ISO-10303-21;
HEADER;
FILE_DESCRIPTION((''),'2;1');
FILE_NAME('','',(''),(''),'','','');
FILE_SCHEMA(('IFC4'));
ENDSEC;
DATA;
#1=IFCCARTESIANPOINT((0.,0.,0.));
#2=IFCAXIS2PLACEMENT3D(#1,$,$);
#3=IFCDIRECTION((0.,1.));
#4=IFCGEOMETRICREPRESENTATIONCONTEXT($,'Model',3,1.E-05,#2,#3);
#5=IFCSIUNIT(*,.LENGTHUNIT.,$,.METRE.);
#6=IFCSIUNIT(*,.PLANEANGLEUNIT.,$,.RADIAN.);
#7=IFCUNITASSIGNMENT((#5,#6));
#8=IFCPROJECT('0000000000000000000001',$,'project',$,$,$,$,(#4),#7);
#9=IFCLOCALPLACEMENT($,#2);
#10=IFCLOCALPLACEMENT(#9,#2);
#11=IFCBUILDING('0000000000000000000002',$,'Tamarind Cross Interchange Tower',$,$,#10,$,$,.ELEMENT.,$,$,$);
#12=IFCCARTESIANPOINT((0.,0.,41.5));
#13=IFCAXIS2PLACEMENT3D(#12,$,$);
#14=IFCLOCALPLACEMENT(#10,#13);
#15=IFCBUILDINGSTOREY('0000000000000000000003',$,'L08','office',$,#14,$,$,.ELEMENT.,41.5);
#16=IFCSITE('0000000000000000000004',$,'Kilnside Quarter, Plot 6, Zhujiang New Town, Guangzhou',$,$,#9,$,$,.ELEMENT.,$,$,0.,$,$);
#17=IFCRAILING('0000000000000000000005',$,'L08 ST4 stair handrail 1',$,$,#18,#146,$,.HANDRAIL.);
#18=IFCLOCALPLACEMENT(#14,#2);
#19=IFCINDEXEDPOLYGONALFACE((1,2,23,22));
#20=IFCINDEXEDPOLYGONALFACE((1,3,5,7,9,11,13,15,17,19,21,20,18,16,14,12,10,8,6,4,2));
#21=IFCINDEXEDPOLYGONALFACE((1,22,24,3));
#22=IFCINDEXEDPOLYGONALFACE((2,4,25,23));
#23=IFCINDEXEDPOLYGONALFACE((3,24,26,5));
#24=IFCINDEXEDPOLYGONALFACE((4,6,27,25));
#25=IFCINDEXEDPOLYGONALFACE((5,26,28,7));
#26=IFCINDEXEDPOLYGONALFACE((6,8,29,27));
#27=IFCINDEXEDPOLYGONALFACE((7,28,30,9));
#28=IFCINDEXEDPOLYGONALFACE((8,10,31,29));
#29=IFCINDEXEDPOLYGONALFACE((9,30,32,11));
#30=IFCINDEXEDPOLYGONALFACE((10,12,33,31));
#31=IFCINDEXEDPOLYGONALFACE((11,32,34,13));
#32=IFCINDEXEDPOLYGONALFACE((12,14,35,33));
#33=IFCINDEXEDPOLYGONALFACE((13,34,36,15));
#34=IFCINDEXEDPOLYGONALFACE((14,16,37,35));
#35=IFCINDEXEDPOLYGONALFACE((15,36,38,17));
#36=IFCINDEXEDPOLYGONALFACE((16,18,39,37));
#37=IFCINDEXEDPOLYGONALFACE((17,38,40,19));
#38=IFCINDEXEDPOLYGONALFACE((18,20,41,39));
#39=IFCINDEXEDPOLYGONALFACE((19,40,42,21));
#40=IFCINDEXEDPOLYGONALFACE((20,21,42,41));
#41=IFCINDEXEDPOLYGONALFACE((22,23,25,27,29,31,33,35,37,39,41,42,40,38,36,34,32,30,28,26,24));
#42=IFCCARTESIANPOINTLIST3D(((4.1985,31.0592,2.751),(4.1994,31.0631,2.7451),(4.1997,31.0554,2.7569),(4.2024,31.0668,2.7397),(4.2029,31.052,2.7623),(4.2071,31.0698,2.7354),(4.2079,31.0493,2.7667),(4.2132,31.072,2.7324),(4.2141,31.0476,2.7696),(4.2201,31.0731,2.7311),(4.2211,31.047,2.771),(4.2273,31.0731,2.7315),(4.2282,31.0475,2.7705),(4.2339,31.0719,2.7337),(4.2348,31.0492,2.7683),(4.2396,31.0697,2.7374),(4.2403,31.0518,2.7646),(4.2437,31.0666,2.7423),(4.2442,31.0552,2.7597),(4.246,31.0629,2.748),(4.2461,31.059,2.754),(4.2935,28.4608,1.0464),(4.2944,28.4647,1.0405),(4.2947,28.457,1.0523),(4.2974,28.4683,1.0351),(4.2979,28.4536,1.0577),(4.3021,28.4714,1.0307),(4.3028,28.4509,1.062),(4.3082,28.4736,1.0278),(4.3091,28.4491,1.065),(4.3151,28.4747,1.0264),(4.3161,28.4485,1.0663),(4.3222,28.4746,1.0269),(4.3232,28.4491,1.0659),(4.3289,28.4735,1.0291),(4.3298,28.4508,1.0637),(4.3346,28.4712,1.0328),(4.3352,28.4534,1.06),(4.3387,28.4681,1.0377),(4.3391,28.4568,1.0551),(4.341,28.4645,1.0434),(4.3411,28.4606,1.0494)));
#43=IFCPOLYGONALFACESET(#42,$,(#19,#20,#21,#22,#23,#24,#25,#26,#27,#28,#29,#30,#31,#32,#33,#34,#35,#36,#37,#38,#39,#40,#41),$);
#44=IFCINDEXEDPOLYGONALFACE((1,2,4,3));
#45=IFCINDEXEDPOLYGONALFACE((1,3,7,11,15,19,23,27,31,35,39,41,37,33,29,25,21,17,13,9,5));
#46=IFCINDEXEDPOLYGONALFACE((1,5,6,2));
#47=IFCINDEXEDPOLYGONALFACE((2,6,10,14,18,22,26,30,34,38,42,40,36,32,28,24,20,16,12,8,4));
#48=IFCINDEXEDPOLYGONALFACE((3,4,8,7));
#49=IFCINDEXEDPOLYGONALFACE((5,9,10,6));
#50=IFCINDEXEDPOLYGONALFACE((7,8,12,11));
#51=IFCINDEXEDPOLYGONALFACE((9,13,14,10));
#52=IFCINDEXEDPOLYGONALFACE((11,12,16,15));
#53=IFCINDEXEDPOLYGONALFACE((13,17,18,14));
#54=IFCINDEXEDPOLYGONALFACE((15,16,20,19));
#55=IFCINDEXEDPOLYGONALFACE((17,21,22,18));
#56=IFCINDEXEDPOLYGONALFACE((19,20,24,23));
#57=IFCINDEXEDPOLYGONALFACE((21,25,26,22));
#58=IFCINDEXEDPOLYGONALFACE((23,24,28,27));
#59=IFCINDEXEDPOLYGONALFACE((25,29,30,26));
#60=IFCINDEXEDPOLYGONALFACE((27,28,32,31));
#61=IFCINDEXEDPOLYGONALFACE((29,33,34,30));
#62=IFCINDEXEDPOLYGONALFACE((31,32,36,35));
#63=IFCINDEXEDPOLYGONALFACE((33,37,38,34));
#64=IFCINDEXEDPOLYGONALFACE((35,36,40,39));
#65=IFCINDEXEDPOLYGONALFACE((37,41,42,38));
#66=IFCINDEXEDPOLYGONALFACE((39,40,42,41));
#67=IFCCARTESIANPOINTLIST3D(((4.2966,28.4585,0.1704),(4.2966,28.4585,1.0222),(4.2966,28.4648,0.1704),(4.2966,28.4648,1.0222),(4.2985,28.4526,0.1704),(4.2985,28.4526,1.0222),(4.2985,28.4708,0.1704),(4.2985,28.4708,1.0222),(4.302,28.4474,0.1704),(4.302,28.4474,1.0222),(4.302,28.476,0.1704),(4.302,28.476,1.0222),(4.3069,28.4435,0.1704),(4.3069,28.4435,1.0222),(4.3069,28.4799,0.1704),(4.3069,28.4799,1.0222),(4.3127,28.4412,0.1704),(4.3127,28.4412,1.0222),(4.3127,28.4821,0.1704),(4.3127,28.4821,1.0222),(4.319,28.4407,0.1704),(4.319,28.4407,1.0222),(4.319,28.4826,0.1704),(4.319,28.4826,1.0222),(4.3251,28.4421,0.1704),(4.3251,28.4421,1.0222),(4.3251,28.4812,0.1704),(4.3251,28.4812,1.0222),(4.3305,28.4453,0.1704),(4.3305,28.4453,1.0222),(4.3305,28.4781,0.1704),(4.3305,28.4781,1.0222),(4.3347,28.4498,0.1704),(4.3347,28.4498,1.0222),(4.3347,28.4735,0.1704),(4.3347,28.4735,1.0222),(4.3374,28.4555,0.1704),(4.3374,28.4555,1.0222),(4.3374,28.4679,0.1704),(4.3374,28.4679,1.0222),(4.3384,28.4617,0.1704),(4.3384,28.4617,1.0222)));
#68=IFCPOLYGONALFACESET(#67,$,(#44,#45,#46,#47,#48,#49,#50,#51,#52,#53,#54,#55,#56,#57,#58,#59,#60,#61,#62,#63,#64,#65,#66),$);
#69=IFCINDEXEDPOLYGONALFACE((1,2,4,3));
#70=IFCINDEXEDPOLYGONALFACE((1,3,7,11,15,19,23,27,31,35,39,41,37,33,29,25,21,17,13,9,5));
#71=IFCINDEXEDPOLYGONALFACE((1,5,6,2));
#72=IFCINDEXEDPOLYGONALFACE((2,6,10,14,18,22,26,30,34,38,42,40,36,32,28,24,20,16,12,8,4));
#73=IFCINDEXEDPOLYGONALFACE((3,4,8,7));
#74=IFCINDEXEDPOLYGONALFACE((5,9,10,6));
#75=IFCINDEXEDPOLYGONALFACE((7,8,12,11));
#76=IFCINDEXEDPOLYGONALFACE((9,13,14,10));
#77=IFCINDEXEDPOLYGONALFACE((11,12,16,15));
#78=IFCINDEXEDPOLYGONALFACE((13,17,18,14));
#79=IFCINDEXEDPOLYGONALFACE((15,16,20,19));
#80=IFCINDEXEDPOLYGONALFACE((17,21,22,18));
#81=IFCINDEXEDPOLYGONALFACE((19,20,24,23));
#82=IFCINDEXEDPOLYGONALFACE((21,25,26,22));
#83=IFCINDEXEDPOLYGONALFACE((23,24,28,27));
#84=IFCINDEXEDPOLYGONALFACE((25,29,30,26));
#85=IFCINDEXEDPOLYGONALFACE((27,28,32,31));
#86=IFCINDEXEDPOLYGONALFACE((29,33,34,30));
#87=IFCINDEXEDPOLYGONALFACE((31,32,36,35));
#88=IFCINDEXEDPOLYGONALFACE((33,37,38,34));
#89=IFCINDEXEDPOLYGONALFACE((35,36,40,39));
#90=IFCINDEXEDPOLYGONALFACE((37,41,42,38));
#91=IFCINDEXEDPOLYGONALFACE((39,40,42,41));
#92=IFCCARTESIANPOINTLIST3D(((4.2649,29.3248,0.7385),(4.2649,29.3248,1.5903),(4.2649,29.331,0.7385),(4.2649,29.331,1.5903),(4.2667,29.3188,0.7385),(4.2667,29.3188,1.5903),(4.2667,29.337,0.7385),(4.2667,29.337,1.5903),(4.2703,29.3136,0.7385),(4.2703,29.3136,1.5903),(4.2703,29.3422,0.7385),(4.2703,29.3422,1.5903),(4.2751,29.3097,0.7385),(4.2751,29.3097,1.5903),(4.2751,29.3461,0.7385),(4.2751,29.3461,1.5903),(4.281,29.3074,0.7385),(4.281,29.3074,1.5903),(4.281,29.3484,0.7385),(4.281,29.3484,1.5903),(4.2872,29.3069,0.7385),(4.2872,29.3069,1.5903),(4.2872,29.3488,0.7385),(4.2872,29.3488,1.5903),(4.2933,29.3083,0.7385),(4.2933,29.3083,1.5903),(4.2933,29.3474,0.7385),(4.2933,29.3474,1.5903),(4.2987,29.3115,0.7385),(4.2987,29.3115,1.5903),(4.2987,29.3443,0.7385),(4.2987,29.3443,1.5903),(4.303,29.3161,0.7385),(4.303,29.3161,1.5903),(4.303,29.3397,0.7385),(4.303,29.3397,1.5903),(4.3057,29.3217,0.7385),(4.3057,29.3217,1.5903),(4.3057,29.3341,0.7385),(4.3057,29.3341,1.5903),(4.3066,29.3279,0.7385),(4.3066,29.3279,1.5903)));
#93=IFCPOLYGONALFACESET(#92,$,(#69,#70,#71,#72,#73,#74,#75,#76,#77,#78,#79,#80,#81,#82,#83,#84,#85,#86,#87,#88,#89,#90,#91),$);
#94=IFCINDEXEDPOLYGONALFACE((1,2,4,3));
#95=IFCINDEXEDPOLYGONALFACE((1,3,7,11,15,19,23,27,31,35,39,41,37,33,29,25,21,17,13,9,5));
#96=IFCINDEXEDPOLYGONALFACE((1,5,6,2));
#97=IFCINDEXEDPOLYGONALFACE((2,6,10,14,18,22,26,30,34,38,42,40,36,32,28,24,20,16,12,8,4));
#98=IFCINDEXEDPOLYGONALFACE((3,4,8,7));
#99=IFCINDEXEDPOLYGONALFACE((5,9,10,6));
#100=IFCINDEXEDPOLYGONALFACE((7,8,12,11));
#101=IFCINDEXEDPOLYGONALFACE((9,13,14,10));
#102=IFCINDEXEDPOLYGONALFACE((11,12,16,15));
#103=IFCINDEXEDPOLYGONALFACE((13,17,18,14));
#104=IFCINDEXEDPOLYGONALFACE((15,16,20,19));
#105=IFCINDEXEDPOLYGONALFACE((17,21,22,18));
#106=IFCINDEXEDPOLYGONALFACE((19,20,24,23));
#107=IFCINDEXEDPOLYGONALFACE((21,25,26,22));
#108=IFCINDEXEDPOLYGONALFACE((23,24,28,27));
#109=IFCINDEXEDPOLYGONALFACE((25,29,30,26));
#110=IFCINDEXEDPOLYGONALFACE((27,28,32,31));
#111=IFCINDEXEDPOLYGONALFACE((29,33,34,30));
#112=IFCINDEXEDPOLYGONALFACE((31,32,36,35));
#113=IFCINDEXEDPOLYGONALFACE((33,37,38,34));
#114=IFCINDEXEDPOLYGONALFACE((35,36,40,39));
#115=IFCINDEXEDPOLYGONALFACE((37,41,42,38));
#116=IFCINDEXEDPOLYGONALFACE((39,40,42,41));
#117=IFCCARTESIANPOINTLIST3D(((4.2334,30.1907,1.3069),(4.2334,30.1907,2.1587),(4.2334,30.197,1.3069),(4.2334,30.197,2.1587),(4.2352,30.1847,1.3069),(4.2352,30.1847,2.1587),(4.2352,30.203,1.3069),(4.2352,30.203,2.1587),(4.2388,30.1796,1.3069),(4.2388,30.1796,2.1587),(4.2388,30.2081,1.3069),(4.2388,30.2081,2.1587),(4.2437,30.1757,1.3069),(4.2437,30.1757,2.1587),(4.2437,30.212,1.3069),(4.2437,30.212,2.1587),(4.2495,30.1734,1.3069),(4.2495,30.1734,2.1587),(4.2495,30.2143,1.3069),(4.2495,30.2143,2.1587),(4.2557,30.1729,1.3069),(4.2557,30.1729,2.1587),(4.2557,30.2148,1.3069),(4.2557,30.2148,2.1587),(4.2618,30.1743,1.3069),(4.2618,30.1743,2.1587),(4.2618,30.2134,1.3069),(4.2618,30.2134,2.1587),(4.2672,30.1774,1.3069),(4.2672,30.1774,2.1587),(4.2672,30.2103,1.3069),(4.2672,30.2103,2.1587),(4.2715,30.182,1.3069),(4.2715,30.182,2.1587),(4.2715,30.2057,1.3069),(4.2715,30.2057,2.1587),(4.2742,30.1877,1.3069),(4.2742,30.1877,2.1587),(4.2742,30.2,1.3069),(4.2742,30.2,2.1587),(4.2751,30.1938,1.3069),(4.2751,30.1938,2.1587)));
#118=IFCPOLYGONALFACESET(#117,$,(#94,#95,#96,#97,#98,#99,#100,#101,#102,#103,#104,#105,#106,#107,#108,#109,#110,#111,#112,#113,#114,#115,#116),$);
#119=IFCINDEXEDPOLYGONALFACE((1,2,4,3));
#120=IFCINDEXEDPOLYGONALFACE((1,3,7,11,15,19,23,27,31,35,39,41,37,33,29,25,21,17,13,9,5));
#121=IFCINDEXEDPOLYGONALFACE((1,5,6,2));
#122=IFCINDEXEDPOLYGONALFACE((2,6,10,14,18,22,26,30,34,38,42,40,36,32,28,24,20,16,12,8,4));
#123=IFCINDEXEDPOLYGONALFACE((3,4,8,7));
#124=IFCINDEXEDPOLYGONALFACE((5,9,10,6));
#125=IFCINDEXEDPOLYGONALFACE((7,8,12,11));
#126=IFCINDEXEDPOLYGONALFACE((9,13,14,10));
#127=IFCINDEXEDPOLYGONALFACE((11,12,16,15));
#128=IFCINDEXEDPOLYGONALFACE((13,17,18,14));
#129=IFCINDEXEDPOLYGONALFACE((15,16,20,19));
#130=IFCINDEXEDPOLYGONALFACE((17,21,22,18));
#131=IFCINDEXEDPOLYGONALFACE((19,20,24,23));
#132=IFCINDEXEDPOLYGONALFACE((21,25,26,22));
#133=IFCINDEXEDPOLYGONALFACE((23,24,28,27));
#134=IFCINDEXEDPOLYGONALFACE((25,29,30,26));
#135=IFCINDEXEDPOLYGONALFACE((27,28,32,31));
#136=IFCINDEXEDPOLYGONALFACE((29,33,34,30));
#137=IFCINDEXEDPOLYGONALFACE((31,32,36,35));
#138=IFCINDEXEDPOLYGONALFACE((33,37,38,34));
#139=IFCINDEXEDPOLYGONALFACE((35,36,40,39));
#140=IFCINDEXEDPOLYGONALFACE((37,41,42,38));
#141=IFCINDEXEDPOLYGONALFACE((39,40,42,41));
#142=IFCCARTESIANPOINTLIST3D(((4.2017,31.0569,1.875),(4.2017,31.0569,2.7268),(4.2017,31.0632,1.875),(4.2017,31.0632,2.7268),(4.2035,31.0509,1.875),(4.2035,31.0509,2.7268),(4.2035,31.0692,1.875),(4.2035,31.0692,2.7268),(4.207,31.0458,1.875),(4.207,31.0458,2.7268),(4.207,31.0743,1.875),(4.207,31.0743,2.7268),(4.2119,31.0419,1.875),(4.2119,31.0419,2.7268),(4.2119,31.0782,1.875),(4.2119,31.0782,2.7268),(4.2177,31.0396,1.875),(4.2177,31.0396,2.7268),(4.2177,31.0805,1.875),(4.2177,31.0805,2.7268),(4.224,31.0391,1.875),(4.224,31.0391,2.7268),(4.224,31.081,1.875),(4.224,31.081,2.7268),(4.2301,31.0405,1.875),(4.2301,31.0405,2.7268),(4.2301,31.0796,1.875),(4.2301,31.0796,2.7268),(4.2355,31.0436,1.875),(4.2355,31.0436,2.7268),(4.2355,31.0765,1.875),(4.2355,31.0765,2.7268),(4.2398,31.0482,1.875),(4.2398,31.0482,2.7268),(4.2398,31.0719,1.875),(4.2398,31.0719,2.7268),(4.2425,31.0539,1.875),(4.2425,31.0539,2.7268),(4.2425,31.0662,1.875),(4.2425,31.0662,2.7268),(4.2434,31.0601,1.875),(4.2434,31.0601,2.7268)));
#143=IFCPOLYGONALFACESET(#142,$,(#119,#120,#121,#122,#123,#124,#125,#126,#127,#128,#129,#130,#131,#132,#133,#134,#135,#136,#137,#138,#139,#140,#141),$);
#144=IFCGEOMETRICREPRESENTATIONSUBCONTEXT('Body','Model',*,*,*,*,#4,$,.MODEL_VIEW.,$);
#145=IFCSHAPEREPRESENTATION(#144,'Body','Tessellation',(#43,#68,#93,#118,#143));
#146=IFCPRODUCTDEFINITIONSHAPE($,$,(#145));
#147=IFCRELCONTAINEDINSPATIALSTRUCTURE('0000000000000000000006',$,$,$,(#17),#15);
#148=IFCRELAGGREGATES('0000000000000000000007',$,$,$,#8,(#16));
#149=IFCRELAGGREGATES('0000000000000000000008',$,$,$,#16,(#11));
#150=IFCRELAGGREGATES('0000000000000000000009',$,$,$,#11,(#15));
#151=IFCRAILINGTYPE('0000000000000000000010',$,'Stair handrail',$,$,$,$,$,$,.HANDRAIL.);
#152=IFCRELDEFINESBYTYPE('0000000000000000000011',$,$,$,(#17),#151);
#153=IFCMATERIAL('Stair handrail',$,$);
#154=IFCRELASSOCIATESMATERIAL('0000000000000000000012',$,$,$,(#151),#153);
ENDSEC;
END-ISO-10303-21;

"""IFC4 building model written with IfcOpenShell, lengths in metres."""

from ifc_helpers import new_model, si_unit, direction, frame, origin, origin_2d, place, context, subcontext, project, spatial, circle, extrude, material, type_object, element, save


model = new_model("IFC4")

# Units and contexts
model_context = context("Model", 3, precision=1e-05, world=origin(), true_north=direction((0.0, 1.0)))
body_context = subcontext(model_context, "Body", "Model", "MODEL_VIEW")
ifc_project = project(units=[si_unit("LENGTHUNIT", "METRE"), si_unit("PLANEANGLEUNIT", "RADIAN")], contexts=[model_context])

# Site, building, storey
site_placement = place(None, origin())
site = spatial("IfcSite", under=ifc_project, at=site_placement, Name="Kilnside Quarter, Plot 6, Zhujiang New Town, Guangzhou", CompositionType="ELEMENT", RefElevation=0.0)
building_placement = place(site_placement, origin())
building = spatial("IfcBuilding", under=site, at=building_placement, Name="Tamarind Cross Interchange Tower", CompositionType="ELEMENT")
storey_placement = place(building_placement, frame((0.0, 0.0, 41.5)))
storey = spatial("IfcBuildingStorey", under=building, at=storey_placement, Name="L08", Description="office", CompositionType="ELEMENT", Elevation=41.5)

# Railing
ifc_material_1 = material(Name="Stair handrail")
railing_type_1 = type_object("IfcRailingType", Name="Stair handrail", PredefinedType="HANDRAIL", material=ifc_material_1)
railing_1_placement = place(storey_placement, frame((4.3174, 28.4617, 0.1704)))
element("IfcRailing", 1, at=railing_1_placement, inside=storey, type_object=railing_type_1, Name="L08 ST4 stair handrail 1", PredefinedType="HANDRAIL", context=body_context, shape_type="SweptSolid", body=[
    extrude(circle(Radius=0.0239, at=origin_2d()), frame((0.0, 0.0, 0.876), z_axis=(-0.030546, 0.835747, 0.548265), x_axis=(-0.999333, -0.036525, 0.0)), (0.0, 0.0, 1.0), 3.1091),
    extrude(circle(Radius=0.021, at=origin_2d()), origin(), (0.0, 0.0, 1.0), 0.8518),
    extrude(circle(Radius=0.021, at=origin_2d()), frame((-0.0317, 0.8662, 0.5681)), (0.0, 0.0, 1.0), 0.8518),
    extrude(circle(Radius=0.021, at=origin_2d()), frame((-0.0632, 1.7322, 1.1365)), (0.0, 0.0, 1.0), 0.8518),
    extrude(circle(Radius=0.021, at=origin_2d()), frame((-0.095, 2.5984, 1.7046)), (0.0, 0.0, 1.0), 0.8518),
])

save(model, "model.ifc")
